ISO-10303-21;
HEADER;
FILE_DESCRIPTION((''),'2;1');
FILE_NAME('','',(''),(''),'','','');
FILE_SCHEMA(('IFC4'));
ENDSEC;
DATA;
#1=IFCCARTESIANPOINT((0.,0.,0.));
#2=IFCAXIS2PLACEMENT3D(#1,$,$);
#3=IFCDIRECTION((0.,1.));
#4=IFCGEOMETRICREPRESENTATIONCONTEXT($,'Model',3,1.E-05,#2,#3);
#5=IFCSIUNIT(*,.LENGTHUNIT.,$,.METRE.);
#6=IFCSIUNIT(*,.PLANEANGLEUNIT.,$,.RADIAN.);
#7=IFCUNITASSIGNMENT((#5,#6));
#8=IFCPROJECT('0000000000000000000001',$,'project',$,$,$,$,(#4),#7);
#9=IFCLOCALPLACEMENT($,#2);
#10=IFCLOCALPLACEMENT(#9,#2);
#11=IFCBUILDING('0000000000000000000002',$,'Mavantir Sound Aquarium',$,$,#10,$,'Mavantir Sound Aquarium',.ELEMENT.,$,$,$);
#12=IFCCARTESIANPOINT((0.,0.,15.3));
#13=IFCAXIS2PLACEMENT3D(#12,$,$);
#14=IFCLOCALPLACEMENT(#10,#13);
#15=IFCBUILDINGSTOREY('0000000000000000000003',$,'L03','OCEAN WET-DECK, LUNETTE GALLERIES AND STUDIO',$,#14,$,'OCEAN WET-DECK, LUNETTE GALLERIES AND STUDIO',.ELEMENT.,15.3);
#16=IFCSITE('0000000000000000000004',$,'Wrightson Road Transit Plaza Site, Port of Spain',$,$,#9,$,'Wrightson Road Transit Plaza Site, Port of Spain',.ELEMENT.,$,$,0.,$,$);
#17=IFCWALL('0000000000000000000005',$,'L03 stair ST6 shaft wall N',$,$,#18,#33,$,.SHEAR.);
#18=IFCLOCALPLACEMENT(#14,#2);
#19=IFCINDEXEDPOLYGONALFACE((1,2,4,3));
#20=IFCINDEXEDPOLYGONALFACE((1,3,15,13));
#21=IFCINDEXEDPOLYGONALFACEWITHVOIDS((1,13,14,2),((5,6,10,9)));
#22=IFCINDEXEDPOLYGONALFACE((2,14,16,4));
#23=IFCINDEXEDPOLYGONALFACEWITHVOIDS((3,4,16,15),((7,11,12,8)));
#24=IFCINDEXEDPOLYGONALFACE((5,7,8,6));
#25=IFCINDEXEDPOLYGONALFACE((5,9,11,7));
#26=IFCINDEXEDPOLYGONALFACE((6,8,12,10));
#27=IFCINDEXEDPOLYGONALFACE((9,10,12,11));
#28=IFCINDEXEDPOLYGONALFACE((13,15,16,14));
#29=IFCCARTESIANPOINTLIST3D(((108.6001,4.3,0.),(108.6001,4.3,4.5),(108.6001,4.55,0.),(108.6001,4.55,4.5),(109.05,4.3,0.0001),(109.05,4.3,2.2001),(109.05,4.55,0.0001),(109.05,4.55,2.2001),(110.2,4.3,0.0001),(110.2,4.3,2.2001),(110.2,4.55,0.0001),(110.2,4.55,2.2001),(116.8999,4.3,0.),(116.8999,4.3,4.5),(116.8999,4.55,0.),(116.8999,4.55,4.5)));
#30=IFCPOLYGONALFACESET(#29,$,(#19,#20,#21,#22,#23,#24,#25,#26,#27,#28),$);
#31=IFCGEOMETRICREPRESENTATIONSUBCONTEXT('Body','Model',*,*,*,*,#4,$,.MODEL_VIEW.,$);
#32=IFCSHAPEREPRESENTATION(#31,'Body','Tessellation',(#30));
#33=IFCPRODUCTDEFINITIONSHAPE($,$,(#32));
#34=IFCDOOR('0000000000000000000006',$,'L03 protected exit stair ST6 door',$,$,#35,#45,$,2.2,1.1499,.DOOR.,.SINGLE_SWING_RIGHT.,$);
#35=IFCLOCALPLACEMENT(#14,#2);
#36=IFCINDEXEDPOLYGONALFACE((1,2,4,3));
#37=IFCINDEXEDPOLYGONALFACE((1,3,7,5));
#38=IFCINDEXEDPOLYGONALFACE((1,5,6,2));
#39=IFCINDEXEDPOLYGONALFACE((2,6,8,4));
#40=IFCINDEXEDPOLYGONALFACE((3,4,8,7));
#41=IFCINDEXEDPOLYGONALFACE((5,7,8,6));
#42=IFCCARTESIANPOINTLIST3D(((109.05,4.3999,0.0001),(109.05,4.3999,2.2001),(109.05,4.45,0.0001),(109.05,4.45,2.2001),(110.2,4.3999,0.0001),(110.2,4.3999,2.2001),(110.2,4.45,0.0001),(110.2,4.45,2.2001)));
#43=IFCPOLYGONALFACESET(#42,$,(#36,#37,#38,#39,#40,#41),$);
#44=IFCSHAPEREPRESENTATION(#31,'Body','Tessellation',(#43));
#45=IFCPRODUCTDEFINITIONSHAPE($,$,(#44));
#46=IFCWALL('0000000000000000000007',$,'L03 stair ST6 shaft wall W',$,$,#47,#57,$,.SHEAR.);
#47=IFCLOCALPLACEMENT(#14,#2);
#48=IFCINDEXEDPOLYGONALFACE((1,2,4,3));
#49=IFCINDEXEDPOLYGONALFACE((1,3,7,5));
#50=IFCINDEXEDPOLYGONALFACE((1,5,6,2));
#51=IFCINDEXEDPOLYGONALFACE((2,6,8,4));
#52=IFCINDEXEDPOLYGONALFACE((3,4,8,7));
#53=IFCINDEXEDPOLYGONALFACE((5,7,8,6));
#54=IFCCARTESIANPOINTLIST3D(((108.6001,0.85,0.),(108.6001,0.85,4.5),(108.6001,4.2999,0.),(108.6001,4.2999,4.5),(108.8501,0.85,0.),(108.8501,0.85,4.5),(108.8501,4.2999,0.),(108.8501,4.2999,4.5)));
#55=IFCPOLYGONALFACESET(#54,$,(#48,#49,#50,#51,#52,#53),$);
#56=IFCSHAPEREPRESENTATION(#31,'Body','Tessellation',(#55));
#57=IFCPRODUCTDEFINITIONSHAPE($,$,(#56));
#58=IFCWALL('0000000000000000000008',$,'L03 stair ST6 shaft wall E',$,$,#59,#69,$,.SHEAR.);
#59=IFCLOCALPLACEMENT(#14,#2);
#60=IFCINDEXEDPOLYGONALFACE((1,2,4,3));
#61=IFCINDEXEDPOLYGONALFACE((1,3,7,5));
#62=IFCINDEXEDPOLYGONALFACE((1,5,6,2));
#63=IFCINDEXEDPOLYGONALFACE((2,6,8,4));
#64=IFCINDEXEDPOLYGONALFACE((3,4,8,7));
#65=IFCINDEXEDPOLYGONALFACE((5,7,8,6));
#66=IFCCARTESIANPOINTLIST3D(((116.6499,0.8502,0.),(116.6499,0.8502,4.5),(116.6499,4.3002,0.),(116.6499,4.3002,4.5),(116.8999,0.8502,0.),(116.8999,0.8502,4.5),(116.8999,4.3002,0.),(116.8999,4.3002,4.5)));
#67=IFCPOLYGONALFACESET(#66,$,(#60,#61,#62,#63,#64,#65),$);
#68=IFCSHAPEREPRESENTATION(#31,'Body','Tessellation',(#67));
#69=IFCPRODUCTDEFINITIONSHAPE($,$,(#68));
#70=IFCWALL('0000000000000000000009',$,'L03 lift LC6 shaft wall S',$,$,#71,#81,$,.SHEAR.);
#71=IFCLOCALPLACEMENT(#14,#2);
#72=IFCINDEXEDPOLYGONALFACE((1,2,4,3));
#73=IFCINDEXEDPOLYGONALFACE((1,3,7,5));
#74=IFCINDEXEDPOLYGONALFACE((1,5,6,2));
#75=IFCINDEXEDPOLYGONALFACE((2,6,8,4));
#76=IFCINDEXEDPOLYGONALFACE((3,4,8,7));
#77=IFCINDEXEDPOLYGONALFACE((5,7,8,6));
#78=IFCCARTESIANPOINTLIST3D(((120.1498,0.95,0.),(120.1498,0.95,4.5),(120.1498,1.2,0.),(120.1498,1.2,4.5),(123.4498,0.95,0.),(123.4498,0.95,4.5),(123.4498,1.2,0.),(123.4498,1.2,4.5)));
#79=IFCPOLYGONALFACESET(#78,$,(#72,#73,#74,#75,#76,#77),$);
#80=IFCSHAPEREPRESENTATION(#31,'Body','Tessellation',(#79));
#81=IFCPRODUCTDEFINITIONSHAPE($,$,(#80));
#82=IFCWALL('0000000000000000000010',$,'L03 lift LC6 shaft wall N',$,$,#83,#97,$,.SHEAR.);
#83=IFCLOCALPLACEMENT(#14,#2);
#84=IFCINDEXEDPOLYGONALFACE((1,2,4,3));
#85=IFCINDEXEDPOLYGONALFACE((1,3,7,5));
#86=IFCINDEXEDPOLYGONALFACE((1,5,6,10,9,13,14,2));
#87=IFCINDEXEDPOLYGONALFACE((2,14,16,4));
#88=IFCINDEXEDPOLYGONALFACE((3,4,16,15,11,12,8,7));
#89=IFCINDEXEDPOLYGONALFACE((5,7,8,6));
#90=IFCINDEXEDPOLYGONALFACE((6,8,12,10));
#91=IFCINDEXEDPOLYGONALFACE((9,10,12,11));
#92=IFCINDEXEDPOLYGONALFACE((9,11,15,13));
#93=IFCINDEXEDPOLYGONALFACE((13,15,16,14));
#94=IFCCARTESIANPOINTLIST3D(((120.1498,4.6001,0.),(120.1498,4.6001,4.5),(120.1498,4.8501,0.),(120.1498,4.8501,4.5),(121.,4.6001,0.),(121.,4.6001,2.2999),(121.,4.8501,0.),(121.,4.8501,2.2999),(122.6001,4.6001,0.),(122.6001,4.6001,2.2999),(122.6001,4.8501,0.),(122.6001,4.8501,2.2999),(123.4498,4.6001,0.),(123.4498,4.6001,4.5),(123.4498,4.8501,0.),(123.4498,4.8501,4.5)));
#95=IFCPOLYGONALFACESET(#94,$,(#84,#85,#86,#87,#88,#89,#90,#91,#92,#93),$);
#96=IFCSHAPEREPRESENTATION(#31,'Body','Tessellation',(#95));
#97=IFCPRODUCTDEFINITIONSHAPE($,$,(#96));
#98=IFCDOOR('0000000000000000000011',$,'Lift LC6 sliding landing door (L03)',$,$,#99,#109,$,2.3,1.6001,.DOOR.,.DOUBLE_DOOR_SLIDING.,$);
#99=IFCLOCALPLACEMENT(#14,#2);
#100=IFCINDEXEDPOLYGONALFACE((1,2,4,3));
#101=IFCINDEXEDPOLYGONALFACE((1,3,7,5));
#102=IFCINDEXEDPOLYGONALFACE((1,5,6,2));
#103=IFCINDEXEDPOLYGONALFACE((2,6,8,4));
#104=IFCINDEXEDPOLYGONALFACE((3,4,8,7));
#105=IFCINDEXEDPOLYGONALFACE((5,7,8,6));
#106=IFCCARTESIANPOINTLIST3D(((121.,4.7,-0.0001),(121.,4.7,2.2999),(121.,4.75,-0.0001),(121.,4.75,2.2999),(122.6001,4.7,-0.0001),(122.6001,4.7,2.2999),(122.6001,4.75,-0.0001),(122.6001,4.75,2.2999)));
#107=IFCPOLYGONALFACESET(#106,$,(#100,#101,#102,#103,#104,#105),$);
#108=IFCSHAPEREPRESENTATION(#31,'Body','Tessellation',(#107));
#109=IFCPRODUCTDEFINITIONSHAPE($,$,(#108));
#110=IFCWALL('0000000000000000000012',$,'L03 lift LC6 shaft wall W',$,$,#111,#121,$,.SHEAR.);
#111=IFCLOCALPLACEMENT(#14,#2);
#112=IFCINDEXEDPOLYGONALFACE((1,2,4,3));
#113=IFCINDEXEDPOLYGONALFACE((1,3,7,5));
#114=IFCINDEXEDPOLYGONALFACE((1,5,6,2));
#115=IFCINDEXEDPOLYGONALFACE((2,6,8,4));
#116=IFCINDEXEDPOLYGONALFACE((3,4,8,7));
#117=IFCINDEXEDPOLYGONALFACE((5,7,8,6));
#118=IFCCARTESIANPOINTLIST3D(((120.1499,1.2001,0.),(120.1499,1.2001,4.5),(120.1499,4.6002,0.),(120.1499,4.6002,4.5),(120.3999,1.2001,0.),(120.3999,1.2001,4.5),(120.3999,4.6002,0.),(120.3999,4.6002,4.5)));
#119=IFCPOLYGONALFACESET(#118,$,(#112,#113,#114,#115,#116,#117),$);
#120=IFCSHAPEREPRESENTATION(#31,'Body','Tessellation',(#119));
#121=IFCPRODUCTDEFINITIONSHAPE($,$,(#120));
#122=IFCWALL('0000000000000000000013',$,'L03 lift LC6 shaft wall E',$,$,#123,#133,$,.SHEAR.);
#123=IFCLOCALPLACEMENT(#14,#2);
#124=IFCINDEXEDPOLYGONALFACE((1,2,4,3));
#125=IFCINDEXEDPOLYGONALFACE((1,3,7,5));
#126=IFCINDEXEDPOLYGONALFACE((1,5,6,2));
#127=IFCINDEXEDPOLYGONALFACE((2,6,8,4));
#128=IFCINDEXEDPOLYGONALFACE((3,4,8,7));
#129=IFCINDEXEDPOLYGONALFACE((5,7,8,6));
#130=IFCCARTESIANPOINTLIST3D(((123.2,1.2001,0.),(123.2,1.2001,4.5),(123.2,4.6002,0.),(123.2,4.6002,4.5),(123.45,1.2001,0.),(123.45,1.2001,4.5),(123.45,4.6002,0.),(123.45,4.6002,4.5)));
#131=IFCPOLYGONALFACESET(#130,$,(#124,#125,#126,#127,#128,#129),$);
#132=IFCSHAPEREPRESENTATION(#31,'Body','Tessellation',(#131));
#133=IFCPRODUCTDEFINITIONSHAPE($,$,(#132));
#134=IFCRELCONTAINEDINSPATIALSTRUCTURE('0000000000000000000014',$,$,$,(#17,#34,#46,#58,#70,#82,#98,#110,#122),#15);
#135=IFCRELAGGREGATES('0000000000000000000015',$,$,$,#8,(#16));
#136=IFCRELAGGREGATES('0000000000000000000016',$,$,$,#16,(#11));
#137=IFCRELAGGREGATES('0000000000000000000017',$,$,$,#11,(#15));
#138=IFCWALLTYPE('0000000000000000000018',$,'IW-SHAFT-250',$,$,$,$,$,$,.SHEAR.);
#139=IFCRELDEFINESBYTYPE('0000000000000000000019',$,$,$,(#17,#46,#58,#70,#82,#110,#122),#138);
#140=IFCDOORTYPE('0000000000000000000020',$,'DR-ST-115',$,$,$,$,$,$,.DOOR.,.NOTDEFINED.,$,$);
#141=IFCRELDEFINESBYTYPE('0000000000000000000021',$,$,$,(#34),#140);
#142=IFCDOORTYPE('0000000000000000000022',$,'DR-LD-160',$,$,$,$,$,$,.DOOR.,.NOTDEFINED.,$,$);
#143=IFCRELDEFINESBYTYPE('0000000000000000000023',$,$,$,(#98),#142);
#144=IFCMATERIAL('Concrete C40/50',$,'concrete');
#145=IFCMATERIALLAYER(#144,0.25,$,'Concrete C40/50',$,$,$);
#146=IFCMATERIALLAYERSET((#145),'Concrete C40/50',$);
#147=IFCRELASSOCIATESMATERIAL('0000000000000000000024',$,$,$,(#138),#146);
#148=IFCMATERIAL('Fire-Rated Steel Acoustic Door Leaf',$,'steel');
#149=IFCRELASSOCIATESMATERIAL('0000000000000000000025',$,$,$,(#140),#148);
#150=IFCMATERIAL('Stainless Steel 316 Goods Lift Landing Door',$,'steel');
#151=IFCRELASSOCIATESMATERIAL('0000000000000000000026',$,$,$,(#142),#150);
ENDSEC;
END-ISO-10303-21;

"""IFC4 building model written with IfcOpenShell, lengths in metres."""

from ifc_helpers import new_model, si_unit, direction, frame, frame_2d, origin, place, context, subcontext, project, spatial, rectangle, extrude, material, layer, layer_set, type_object, element, fill, save


model = new_model("IFC4")

# Units and contexts
model_context = context("Model", 3, precision=1e-05, world=origin(), true_north=direction((0.0, 1.0)))
body_context = subcontext(model_context, "Body", "Model", "MODEL_VIEW")
ifc_project = project(units=[si_unit("LENGTHUNIT", "METRE"), si_unit("PLANEANGLEUNIT", "RADIAN")], contexts=[model_context])

# Site, building, storey
site_placement = place(None, origin())
site = spatial("IfcSite", under=ifc_project, at=site_placement, Name="Wrightson Road Transit Plaza Site, Port of Spain", LongName="Wrightson Road Transit Plaza Site, Port of Spain", CompositionType="ELEMENT", RefElevation=0.0)
building_placement = place(site_placement, origin())
building = spatial("IfcBuilding", under=site, at=building_placement, Name="Mavantir Sound Aquarium", LongName="Mavantir Sound Aquarium", CompositionType="ELEMENT")
storey_placement = place(building_placement, frame((0.0, 0.0, 15.3)))
storey = spatial("IfcBuildingStorey", under=building, at=storey_placement, Name="L03", Description="OCEAN WET-DECK, LUNETTE GALLERIES AND STUDIO", LongName="OCEAN WET-DECK, LUNETTE GALLERIES AND STUDIO", CompositionType="ELEMENT", Elevation=15.3)

# Shared definitions
ifc_material_1 = material(Name="Concrete C40/50", Category="concrete")

# Shared definitions
ifc_layer_1 = layer(ifc_material_1, 0.25, Name="Concrete C40/50")
ifc_layer_set_1 = layer_set([ifc_layer_1], Name="Concrete C40/50")
wall_type_1 = type_object("IfcWallType", Name="IW-SHAFT-250", PredefinedType="SHEAR", material=ifc_layer_set_1)

# Wall, opening, door
wall_1_placement = place(storey_placement, frame((116.8999, 4.425, 0.0), z_axis=(0.0, 0.0, 1.0), x_axis=(-1.0, 0.0, 0.0)))
wall_1 = element("IfcWall", 1, at=wall_1_placement, inside=storey, type_object=wall_type_1, Name="L03 stair ST6 shaft wall N", PredefinedType="SHEAR", context=body_context, shape_type="SweptSolid", body=[
    extrude(rectangle(XDim=8.2998, YDim=0.25, at=frame_2d((4.1499, 0.0))), origin(), (0.0, 0.0, 1.0), 4.5),
])
opening_1_placement = place(wall_1_placement, frame((7.8499, 0.0, 0.0), z_axis=(0.0, 0.0, 1.0), x_axis=(-1.0, 0.0, 0.0)))
opening_1 = element("IfcOpeningElement", 2, at=opening_1_placement, cuts=wall_1, PredefinedType="OPENING", context=body_context, shape_type="SweptSolid", body=[
    extrude(rectangle(XDim=1.1499, YDim=2.2, at=frame_2d((0.575, 1.1001))), frame((0.0, 0.135, 0.0), z_axis=(0.0, -1.0, 0.0), x_axis=(1.0, 0.0, 0.0)), (0.0, 0.0, 1.0), 0.27),
])
ifc_material_2 = material(Name="Fire-Rated Steel Acoustic Door Leaf", Category="steel")
door_type_1 = type_object("IfcDoorType", Name="DR-ST-115", OperationType="NOTDEFINED", PredefinedType="DOOR", material=ifc_material_2)
door_1_placement = place(opening_1_placement, origin())
door_1 = element("IfcDoor", 3, at=door_1_placement, inside=storey, type_object=door_type_1, Name="L03 protected exit stair ST6 door", OperationType="SINGLE_SWING_RIGHT", OverallHeight=2.2, OverallWidth=1.1499, PredefinedType="DOOR", context=body_context, shape_type="SweptSolid", body=[
    extrude(rectangle(XDim=1.1499, YDim=2.2, at=frame_2d((0.575, 1.1001))), frame((0.0, 0.0249, 0.0), z_axis=(0.0, -1.0, 0.0), x_axis=(1.0, 0.0, 0.0)), (0.0, 0.0, 1.0), 0.05),
])
fill(opening_1, door_1)

# Walls
for number, where, z_axis, x_axis, name in (
    (4, (108.7251, 4.3, 0.0), (0.0, 0.0, 1.0), (0.0, -1.0, 0.0), "L03 stair ST6 shaft wall W"),
    (5, (116.7749, 0.8501, 0.0), (0.0, 0.0, 1.0), (0.0, 1.0, 0.0), "L03 stair ST6 shaft wall E"),
):
    element("IfcWall", number, at=place(storey_placement, frame(where, z_axis=z_axis, x_axis=x_axis)), inside=storey, type_object=wall_type_1, Name=name, PredefinedType="SHEAR", context=body_context, shape_type="SweptSolid", body=[
        extrude(rectangle(XDim=3.45, YDim=0.25, at=frame_2d((1.7251, 0.0))), origin(), (0.0, 0.0, 1.0), 4.5),
    ])
wall_2_placement = place(storey_placement, frame((120.1499, 1.075, 0.0), z_axis=(0.0, 0.0, 1.0), x_axis=(1.0, 0.0, 0.0)))
element("IfcWall", 6, at=wall_2_placement, inside=storey, type_object=wall_type_1, Name="L03 lift LC6 shaft wall S", PredefinedType="SHEAR", context=body_context, shape_type="SweptSolid", body=[
    extrude(rectangle(XDim=3.3, YDim=0.25, at=frame_2d((1.6499, 0.0))), origin(), (0.0, 0.0, 1.0), 4.5),
])

# Wall, opening, door
wall_3_placement = place(storey_placement, frame((120.1499, 4.7251, 0.0), z_axis=(0.0, 0.0, 1.0), x_axis=(1.0, 0.0, 0.0)))
wall_3 = element("IfcWall", 7, at=wall_3_placement, inside=storey, type_object=wall_type_1, Name="L03 lift LC6 shaft wall N", PredefinedType="SHEAR", context=body_context, shape_type="SweptSolid", body=[
    extrude(rectangle(XDim=3.3, YDim=0.25, at=frame_2d((1.6499, 0.0))), origin(), (0.0, 0.0, 1.0), 4.5),
])
opening_2_placement = place(wall_3_placement, frame((0.8501, 0.0, 0.0)))
opening_2 = element("IfcOpeningElement", 8, at=opening_2_placement, cuts=wall_3, PredefinedType="OPENING", context=body_context, shape_type="SweptSolid", body=[
    extrude(rectangle(XDim=1.6001, YDim=2.3, at=frame_2d((0.8, 1.1499))), frame((0.0, 0.135, 0.0), z_axis=(0.0, -1.0, 0.0), x_axis=(1.0, 0.0, 0.0)), (0.0, 0.0, 1.0), 0.27),
])
ifc_material_3 = material(Name="Stainless Steel 316 Goods Lift Landing Door", Category="steel")
door_type_2 = type_object("IfcDoorType", Name="DR-LD-160", OperationType="NOTDEFINED", PredefinedType="DOOR", material=ifc_material_3)
door_2_placement = place(opening_2_placement, origin())
door_2 = element("IfcDoor", 9, at=door_2_placement, inside=storey, type_object=door_type_2, Name="Lift LC6 sliding landing door (L03)", OperationType="DOUBLE_DOOR_SLIDING", OverallHeight=2.3, OverallWidth=1.6001, PredefinedType="DOOR", context=body_context, shape_type="SweptSolid", body=[
    extrude(rectangle(XDim=1.6001, YDim=2.3, at=frame_2d((0.8, 1.1499))), frame((0.0, 0.0249, 0.0), z_axis=(0.0, -1.0, 0.0), x_axis=(1.0, 0.0, 0.0)), (0.0, 0.0, 1.0), 0.05),
])
fill(opening_2, door_2)

# Walls
for number, where, z_axis, x_axis, name in (
    (10, (120.2749, 1.2, 0.0), (0.0, 0.0, 1.0), (0.0, 1.0, 0.0), "L03 lift LC6 shaft wall W"),
    (11, (123.325, 1.2, 0.0), (0.0, 0.0, 1.0), (0.0, 1.0, 0.0), "L03 lift LC6 shaft wall E"),
):
    element("IfcWall", number, at=place(storey_placement, frame(where, z_axis=z_axis, x_axis=x_axis)), inside=storey, type_object=wall_type_1, Name=name, PredefinedType="SHEAR", context=body_context, shape_type="SweptSolid", body=[
        extrude(rectangle(XDim=3.4001, YDim=0.25, at=frame_2d((1.7002, 0.0))), origin(), (0.0, 0.0, 1.0), 4.5),
    ])

save(model, "model.ifc")
